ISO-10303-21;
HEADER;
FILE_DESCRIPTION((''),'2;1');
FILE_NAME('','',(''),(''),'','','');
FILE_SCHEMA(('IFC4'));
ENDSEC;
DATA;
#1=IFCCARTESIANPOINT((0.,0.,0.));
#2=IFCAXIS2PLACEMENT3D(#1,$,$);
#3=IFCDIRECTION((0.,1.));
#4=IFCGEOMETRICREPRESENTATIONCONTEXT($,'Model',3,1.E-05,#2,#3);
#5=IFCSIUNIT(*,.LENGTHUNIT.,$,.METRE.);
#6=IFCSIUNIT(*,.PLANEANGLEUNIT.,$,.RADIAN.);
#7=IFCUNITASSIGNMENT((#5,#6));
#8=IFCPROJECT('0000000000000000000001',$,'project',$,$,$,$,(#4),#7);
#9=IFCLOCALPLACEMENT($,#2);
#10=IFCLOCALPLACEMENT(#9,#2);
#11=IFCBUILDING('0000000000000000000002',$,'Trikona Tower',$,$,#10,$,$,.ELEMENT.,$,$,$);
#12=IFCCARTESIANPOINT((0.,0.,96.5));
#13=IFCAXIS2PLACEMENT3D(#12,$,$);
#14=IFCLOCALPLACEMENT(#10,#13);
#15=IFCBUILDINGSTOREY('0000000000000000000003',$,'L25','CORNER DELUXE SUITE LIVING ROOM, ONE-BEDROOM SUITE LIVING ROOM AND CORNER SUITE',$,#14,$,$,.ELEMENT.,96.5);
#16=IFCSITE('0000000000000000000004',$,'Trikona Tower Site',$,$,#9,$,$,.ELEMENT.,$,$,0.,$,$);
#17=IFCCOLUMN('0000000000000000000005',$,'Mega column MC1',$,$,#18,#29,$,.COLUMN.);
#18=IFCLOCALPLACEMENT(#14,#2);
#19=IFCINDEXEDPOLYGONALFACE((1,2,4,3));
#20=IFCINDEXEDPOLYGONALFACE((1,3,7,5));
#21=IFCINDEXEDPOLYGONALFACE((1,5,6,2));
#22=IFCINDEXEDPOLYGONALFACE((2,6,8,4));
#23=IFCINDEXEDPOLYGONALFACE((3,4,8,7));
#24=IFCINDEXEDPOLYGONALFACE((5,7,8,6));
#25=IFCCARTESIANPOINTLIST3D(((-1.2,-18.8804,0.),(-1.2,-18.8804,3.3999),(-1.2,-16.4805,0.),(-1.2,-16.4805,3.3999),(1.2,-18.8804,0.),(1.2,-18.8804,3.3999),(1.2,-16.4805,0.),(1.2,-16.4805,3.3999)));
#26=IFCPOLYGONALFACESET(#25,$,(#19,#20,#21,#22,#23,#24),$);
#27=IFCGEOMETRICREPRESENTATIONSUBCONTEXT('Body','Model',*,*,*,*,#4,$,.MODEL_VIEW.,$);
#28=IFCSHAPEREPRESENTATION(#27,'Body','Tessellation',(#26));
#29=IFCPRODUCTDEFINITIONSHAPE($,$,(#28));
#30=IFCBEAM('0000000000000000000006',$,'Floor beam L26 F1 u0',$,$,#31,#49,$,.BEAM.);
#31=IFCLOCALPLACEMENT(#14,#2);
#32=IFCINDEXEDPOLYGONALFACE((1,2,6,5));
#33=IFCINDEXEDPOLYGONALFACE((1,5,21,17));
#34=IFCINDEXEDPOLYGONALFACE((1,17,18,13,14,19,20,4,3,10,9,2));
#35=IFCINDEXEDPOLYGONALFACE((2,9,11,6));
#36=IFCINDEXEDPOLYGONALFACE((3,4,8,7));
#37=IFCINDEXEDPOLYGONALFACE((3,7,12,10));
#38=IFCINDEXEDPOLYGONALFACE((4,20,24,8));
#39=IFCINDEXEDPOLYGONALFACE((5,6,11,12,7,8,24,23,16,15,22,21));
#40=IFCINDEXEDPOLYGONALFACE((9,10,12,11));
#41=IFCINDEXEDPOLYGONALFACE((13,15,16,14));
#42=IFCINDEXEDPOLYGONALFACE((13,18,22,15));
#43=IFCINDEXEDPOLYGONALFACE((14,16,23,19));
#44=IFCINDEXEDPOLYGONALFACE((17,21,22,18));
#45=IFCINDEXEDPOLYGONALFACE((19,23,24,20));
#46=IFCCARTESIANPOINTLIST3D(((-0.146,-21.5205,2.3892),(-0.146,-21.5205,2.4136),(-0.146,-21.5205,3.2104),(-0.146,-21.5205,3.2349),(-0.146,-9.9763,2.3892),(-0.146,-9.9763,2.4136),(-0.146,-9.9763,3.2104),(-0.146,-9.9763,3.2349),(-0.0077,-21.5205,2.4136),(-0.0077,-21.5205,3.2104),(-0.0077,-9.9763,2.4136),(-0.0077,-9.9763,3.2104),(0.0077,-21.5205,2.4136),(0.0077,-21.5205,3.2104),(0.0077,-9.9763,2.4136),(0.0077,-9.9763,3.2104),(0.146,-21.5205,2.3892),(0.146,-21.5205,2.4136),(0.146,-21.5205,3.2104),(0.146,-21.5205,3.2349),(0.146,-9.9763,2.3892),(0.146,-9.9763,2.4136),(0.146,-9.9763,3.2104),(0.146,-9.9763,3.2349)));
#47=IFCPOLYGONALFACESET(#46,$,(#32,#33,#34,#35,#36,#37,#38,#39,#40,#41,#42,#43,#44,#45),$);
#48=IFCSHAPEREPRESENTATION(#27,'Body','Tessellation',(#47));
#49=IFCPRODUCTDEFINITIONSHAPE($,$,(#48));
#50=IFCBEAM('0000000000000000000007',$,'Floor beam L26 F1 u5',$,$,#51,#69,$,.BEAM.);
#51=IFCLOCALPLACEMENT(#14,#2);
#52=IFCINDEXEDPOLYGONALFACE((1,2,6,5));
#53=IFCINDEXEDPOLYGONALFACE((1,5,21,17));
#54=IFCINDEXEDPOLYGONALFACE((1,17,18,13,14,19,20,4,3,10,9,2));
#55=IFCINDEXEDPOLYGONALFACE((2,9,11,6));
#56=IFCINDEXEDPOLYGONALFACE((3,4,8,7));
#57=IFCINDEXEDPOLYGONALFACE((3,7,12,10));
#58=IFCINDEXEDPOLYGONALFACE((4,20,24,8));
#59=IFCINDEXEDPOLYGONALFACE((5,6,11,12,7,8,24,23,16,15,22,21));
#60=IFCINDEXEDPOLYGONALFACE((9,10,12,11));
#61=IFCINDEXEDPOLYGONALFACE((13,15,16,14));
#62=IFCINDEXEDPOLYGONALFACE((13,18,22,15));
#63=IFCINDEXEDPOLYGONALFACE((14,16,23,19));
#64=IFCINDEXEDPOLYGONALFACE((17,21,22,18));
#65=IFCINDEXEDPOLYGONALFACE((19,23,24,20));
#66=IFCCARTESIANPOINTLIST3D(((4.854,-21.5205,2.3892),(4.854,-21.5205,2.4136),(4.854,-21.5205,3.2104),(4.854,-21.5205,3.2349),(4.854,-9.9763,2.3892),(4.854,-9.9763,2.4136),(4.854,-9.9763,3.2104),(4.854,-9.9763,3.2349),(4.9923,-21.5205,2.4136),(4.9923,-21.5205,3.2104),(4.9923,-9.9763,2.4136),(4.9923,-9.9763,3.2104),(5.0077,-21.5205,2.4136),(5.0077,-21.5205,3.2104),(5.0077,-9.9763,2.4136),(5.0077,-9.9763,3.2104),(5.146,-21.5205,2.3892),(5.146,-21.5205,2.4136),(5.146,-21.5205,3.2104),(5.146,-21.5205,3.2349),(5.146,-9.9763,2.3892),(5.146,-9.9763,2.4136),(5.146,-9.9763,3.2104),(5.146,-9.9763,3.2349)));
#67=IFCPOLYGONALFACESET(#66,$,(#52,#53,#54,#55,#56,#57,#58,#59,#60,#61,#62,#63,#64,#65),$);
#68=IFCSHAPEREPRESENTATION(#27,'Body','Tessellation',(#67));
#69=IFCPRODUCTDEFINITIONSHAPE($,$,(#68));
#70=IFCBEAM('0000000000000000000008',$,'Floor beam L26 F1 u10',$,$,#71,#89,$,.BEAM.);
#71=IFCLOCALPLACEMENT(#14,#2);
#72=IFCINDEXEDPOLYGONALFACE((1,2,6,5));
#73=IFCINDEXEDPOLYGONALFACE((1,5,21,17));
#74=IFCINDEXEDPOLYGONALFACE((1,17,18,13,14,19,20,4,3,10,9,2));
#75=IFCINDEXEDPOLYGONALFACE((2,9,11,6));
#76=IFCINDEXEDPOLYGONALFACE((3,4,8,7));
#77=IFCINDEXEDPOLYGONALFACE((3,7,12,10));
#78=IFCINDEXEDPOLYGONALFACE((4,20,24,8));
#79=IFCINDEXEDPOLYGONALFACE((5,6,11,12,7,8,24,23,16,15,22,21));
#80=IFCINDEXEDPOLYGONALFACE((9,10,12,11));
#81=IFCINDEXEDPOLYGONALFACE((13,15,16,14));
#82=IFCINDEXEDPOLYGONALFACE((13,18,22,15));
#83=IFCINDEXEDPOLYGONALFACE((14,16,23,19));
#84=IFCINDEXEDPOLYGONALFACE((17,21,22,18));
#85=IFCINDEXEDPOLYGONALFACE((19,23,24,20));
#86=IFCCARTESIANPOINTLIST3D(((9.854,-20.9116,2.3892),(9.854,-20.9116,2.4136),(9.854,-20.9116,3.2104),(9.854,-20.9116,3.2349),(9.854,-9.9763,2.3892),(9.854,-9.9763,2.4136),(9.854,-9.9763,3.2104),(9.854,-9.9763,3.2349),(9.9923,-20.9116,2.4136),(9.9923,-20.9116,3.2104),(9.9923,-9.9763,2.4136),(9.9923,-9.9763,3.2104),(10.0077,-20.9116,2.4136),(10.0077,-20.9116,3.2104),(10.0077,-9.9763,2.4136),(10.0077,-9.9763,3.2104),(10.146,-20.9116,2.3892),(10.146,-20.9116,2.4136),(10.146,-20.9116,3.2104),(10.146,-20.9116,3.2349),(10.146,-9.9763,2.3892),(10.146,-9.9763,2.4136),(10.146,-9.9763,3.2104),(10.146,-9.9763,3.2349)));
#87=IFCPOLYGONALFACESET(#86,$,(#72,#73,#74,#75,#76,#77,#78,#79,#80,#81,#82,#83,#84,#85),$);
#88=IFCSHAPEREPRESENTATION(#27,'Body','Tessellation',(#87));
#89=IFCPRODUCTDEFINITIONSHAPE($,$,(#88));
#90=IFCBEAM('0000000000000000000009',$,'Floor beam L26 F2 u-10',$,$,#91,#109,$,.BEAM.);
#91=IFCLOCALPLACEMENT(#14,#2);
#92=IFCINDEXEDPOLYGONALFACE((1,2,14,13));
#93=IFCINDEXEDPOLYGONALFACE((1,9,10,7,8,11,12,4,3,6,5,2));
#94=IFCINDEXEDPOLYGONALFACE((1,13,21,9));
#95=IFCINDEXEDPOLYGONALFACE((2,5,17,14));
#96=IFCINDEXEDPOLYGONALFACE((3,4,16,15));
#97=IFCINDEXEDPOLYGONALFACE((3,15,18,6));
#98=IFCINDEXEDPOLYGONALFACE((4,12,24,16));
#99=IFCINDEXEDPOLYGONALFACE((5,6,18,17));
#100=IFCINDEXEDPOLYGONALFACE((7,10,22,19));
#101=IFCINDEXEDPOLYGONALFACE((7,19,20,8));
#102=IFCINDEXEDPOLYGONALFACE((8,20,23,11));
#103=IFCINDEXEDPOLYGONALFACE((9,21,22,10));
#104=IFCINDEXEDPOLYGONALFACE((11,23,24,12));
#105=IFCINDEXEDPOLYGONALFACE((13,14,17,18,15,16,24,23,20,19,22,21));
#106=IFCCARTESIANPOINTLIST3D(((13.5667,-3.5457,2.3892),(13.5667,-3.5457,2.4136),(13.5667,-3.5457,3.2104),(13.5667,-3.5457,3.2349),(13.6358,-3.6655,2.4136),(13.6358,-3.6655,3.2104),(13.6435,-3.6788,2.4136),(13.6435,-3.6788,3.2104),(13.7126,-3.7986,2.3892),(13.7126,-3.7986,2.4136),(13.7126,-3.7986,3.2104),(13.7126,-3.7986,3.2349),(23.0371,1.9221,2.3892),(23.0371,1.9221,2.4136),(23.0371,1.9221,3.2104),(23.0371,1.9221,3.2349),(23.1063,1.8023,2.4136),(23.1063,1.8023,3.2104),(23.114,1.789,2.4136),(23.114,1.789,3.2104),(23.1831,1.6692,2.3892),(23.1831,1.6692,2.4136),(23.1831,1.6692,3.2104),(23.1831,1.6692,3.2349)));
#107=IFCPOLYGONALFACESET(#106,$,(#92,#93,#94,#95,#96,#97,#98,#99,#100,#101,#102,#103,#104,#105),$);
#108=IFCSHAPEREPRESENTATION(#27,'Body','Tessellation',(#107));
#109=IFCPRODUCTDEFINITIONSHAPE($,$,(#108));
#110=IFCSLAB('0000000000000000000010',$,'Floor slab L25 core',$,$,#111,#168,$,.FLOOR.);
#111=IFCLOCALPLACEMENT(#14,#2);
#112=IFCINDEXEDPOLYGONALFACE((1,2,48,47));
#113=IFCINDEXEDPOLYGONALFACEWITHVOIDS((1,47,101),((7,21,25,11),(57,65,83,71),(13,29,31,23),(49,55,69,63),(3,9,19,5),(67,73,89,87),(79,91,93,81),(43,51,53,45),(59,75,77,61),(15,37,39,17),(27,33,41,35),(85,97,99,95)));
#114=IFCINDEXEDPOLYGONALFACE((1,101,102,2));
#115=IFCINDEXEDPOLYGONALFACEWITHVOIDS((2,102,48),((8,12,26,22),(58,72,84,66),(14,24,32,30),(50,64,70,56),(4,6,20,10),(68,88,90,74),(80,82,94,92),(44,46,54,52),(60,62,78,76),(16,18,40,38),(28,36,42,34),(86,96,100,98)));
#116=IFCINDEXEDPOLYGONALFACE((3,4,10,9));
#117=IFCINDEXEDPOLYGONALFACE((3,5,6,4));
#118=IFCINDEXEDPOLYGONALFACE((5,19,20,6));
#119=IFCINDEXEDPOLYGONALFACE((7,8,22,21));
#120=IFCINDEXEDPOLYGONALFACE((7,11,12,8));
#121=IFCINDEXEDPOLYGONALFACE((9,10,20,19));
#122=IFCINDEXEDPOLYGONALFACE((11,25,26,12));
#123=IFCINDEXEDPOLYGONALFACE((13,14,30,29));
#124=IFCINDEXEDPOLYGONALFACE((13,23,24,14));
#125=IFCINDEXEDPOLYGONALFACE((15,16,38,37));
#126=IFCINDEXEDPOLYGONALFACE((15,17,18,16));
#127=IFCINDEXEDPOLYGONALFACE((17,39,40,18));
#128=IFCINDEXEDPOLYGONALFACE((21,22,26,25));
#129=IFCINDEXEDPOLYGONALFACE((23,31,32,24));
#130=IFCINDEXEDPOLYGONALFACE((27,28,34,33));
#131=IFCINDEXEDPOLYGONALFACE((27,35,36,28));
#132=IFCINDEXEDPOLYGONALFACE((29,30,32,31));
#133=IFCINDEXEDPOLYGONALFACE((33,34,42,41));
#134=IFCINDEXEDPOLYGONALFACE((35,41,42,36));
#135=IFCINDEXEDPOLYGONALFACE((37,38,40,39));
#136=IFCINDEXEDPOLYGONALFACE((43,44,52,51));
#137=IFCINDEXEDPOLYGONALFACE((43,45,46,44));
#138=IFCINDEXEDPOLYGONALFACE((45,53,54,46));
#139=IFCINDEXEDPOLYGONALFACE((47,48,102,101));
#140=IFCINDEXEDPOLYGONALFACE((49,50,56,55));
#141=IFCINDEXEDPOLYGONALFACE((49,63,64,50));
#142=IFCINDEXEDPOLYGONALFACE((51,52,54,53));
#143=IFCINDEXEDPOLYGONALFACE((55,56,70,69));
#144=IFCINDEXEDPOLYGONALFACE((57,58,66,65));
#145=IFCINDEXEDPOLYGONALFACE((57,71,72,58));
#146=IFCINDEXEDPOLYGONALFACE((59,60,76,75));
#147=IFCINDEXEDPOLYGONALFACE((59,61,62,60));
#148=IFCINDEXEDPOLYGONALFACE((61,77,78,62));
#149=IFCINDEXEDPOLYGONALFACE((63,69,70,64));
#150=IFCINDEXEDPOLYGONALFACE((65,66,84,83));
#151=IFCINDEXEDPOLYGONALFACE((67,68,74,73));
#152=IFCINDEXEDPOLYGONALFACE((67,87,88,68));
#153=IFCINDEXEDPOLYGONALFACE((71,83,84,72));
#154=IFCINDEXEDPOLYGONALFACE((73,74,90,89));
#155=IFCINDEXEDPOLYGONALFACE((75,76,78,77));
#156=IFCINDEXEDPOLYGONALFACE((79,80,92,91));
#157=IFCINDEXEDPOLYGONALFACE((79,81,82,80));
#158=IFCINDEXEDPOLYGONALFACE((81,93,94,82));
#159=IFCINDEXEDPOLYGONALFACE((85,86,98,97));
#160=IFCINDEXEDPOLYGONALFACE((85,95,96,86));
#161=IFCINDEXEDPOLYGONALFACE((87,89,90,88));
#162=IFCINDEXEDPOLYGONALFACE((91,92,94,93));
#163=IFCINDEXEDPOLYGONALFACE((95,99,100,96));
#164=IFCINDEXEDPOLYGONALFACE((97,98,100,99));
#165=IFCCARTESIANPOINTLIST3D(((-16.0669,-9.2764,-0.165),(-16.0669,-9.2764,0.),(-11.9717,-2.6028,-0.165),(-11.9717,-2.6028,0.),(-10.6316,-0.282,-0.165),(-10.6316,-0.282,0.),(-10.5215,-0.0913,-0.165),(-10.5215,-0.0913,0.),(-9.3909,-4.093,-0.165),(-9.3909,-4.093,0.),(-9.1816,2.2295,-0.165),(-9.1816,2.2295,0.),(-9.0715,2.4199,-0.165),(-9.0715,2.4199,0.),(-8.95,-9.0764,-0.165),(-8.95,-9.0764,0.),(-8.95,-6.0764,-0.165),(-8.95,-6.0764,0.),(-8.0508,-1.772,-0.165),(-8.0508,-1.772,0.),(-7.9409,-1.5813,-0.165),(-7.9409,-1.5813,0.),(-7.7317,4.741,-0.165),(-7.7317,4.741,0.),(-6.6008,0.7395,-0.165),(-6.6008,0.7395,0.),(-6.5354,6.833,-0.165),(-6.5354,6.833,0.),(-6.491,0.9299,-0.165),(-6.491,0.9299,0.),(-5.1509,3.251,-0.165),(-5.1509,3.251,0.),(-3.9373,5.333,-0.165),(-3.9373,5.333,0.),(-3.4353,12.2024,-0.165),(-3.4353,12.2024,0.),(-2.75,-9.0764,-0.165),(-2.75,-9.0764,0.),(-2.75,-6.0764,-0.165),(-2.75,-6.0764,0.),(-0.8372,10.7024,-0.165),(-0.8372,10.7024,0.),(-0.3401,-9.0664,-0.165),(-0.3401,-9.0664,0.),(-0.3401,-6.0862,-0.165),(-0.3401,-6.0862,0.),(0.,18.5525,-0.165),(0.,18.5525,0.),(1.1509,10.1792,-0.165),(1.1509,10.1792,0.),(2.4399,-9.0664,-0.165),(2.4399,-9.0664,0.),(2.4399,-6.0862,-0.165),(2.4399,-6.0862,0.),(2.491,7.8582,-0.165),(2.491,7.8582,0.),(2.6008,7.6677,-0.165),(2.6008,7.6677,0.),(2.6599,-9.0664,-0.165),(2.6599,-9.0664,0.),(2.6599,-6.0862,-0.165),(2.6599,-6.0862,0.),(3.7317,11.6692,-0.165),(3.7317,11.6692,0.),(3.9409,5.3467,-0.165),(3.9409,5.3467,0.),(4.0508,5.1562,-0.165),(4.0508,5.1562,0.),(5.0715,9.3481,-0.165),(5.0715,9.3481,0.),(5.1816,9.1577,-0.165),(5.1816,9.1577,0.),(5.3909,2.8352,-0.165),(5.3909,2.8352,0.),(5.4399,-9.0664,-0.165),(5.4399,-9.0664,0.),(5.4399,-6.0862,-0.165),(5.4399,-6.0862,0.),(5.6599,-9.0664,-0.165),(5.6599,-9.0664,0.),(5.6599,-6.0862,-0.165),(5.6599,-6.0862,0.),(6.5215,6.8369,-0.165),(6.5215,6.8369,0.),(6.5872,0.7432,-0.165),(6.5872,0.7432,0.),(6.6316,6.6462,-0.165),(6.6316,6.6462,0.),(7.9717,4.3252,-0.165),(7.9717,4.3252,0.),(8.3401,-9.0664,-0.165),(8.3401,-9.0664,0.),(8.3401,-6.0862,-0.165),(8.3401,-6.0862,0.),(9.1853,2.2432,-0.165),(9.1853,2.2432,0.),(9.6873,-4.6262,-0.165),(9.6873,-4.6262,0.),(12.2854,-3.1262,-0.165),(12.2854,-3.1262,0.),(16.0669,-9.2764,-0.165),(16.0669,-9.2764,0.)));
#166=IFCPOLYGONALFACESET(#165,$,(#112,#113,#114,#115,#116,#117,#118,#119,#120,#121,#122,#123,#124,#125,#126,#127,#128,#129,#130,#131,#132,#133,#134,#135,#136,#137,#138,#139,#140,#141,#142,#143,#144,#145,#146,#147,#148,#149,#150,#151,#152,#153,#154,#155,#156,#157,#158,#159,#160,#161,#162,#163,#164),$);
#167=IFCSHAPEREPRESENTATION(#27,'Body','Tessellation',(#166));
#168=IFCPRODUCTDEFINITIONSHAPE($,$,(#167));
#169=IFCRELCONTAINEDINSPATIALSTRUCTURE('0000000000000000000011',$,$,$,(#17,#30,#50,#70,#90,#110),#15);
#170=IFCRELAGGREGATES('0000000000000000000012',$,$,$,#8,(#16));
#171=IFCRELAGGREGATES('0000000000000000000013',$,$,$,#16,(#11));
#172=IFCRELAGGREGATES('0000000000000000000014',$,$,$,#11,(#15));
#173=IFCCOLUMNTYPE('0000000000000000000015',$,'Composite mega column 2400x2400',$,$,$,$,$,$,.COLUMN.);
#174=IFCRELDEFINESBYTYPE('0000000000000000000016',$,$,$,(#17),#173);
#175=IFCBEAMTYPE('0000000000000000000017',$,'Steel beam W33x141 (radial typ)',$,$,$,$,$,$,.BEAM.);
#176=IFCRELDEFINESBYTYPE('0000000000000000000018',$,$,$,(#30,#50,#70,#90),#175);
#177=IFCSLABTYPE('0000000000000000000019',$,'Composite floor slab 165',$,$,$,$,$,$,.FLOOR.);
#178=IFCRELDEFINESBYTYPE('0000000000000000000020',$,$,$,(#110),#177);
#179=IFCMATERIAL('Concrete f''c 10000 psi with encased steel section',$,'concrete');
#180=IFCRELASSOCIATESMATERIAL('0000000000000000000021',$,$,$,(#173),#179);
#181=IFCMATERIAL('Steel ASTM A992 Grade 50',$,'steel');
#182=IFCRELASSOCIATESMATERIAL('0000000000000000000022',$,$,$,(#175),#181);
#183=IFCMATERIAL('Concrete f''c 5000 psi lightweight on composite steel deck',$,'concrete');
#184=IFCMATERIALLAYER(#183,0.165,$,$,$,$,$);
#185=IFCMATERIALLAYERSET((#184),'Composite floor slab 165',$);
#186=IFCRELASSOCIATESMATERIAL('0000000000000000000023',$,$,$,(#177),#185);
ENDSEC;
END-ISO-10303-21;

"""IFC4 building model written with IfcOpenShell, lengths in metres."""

from ifc_helpers import new_model, si_unit, direction, frame, origin, origin_2d, place, context, subcontext, project, spatial, polyline, rectangle, i_section, outline, extrude, material, layer, layer_set, material_profile, profile_set, type_object, element, save


model = new_model("IFC4")

# Units and contexts
model_context = context("Model", 3, precision=1e-05, world=origin(), true_north=direction((0.0, 1.0)))
body_context = subcontext(model_context, "Body", "Model", "MODEL_VIEW")
ifc_project = project(units=[si_unit("LENGTHUNIT", "METRE"), si_unit("PLANEANGLEUNIT", "RADIAN")], contexts=[model_context])

# Site, building, storey
site_placement = place(None, origin())
site = spatial("IfcSite", under=ifc_project, at=site_placement, Name="Trikona Tower Site", CompositionType="ELEMENT", RefElevation=0.0)
building_placement = place(site_placement, origin())
building = spatial("IfcBuilding", under=site, at=building_placement, Name="Trikona Tower", CompositionType="ELEMENT")
storey_placement = place(building_placement, frame((0.0, 0.0, 96.5)))
storey = spatial("IfcBuildingStorey", under=building, at=storey_placement, Name="L25", Description="CORNER DELUXE SUITE LIVING ROOM, ONE-BEDROOM SUITE LIVING ROOM AND CORNER SUITE", CompositionType="ELEMENT", Elevation=96.5)

# Column
ifc_material_1 = material(Name="Concrete f'c 10000 psi with encased steel section", Category="concrete")
ifc_material_profile_1 = material_profile(ifc_material_1, rectangle(XDim=2.3999, YDim=2.3999, at=origin_2d()), Name="MC2400")
ifc_profile_set_1 = profile_set([ifc_material_profile_1], Name="Concrete f'c 10000 psi with encased steel section")
column_type = type_object("IfcColumnType", Name="Composite mega column 2400x2400", PredefinedType="COLUMN", material=ifc_profile_set_1)
column_placement = place(storey_placement, frame((0.0, -17.6804, 0.0), z_axis=(0.0, 0.0, 1.0), x_axis=(0.0, -1.0, 0.0)))
element("IfcColumn", 1, at=column_placement, inside=storey, type_object=column_type, Name="Mega column MC1", PredefinedType="COLUMN", context=body_context, shape_type="SweptSolid", body=[
    extrude(rectangle(XDim=2.3999, YDim=2.3999, at=origin_2d()), origin(), (0.0, 0.0, 1.0), 3.3999),
])

# Beams
ifc_material_2 = material(Name="Steel ASTM A992 Grade 50", Category="steel")
ifc_material_profile_2 = material_profile(ifc_material_2, i_section(OverallWidth=0.292, OverallDepth=0.8457, WebThickness=0.0154, FlangeThickness=0.0244, at=origin_2d()), Name="W33X141")
ifc_profile_set_2 = profile_set([ifc_material_profile_2], Name="Steel ASTM A992 Grade 50")
beam_type = type_object("IfcBeamType", Name="Steel beam W33x141 (radial typ)", PredefinedType="BEAM", material=ifc_profile_set_2)
for number, where, z_axis, x_axis, name in (
    (2, (0.0, -9.9763, 2.812), (0.0, -1.0, 0.0), (1.0, 0.0, 0.0), "Floor beam L26 F1 u0"),
    (3, (5.0, -9.9763, 2.812), (0.0, -1.0, 0.0), (1.0, 0.0, 0.0), "Floor beam L26 F1 u5"),
):
    element("IfcBeam", number, at=place(storey_placement, frame(where, z_axis=z_axis, x_axis=x_axis)), inside=storey, type_object=beam_type, Name=name, PredefinedType="BEAM", context=body_context, shape_type="SweptSolid", body=[
        extrude(i_section(OverallWidth=0.292, OverallDepth=0.8457, WebThickness=0.0154, FlangeThickness=0.0244, at=origin_2d()), origin(), (0.0, 0.0, 1.0), 11.5442),
    ])
beam_1_placement = place(storey_placement, frame((10.0, -9.9763, 2.812), z_axis=(0.0, -1.0, 0.0), x_axis=(1.0, 0.0, 0.0)))
element("IfcBeam", 4, at=beam_1_placement, inside=storey, type_object=beam_type, Name="Floor beam L26 F1 u10", PredefinedType="BEAM", context=body_context, shape_type="SweptSolid", body=[
    extrude(i_section(OverallWidth=0.292, OverallDepth=0.8457, WebThickness=0.0154, FlangeThickness=0.0244, at=origin_2d()), origin(), (0.0, 0.0, 1.0), 10.9353),
])
beam_2_placement = place(storey_placement, frame((13.6396, -3.6721, 2.812), z_axis=(0.866025, 0.5, 0.0), x_axis=(-0.5, 0.866025, 0.0)))
element("IfcBeam", 5, at=beam_2_placement, inside=storey, type_object=beam_type, Name="Floor beam L26 F2 u-10", PredefinedType="BEAM", context=body_context, shape_type="SweptSolid", body=[
    extrude(i_section(OverallWidth=0.292, OverallDepth=0.8457, WebThickness=0.0154, FlangeThickness=0.0244, at=origin_2d()), origin(), (0.0, 0.0, 1.0), 10.9355),
])

# Slab
ifc_material_3 = material(Name="Concrete f'c 5000 psi lightweight on composite steel deck", Category="concrete")
ifc_layer_1 = layer(ifc_material_3, 0.165)
ifc_layer_set_1 = layer_set([ifc_layer_1], Name="Composite floor slab 165")
slab_type = type_object("IfcSlabType", Name="Composite floor slab 165", PredefinedType="FLOOR", material=ifc_layer_set_1)
slab_1_placement = place(storey_placement, frame((0.0, 0.0, -0.165)))
element("IfcSlab", 6, at=slab_1_placement, inside=storey, type_object=slab_type, Name="Floor slab L25 core", PredefinedType="FLOOR", context=body_context, shape_type="SweptSolid", body=[
    extrude(outline(polyline([(-16.0669, -9.2764), (16.0669, -9.2764), (0.0, 18.5525), (-16.0669, -9.2764)]), holes=[polyline([(12.2854, -3.1262), (9.1853, 2.2432), (6.5872, 0.7432), (9.6873, -4.6262), (12.2854, -3.1262)]), polyline([(8.3401, -9.0664), (8.3401, -6.0862), (5.6599, -6.0862), (5.6599, -9.0664), (8.3401, -9.0664)]), polyline([(5.3909, 2.8352), (7.9717, 4.3252), (6.6316, 6.6462), (4.0508, 5.1562), (5.3909, 2.8352)]), polyline([(2.6008, 7.6677), (3.9409, 5.3467), (6.5215, 6.8369), (5.1816, 9.1577), (2.6008, 7.6677)]), polyline([(5.4399, -6.0862), (2.6599, -6.0862), (2.6599, -9.0664), (5.4399, -9.0664), (5.4399, -6.0862)]), polyline([(3.7317, 11.6692), (1.1509, 10.1792), (2.491, 7.8582), (5.0715, 9.3481), (3.7317, 11.6692)]), polyline([(-0.3401, -6.0862), (-0.3401, -9.0664), (2.4399, -9.0664), (2.4399, -6.0862), (-0.3401, -6.0862)]), polyline([(-3.4353, 12.2024), (-6.5354, 6.833), (-3.9373, 5.333), (-0.8372, 10.7024), (-3.4353, 12.2024)]), polyline([(-8.95, -9.0764), (-2.75, -9.0764), (-2.75, -6.0764), (-8.95, -6.0764), (-8.95, -9.0764)]), polyline([(-5.1509, 3.251), (-7.7317, 4.741), (-9.0715, 2.4199), (-6.491, 0.9299), (-5.1509, 3.251)]), polyline([(-7.9409, -1.5813), (-6.6008, 0.7395), (-9.1816, 2.2295), (-10.5215, -0.0913), (-7.9409, -1.5813)]), polyline([(-11.9717, -2.6028), (-9.3909, -4.093), (-8.0508, -1.772), (-10.6316, -0.282), (-11.9717, -2.6028)])]), origin(), (0.0, 0.0, 1.0), 0.165),
])

save(model, "model.ifc")
